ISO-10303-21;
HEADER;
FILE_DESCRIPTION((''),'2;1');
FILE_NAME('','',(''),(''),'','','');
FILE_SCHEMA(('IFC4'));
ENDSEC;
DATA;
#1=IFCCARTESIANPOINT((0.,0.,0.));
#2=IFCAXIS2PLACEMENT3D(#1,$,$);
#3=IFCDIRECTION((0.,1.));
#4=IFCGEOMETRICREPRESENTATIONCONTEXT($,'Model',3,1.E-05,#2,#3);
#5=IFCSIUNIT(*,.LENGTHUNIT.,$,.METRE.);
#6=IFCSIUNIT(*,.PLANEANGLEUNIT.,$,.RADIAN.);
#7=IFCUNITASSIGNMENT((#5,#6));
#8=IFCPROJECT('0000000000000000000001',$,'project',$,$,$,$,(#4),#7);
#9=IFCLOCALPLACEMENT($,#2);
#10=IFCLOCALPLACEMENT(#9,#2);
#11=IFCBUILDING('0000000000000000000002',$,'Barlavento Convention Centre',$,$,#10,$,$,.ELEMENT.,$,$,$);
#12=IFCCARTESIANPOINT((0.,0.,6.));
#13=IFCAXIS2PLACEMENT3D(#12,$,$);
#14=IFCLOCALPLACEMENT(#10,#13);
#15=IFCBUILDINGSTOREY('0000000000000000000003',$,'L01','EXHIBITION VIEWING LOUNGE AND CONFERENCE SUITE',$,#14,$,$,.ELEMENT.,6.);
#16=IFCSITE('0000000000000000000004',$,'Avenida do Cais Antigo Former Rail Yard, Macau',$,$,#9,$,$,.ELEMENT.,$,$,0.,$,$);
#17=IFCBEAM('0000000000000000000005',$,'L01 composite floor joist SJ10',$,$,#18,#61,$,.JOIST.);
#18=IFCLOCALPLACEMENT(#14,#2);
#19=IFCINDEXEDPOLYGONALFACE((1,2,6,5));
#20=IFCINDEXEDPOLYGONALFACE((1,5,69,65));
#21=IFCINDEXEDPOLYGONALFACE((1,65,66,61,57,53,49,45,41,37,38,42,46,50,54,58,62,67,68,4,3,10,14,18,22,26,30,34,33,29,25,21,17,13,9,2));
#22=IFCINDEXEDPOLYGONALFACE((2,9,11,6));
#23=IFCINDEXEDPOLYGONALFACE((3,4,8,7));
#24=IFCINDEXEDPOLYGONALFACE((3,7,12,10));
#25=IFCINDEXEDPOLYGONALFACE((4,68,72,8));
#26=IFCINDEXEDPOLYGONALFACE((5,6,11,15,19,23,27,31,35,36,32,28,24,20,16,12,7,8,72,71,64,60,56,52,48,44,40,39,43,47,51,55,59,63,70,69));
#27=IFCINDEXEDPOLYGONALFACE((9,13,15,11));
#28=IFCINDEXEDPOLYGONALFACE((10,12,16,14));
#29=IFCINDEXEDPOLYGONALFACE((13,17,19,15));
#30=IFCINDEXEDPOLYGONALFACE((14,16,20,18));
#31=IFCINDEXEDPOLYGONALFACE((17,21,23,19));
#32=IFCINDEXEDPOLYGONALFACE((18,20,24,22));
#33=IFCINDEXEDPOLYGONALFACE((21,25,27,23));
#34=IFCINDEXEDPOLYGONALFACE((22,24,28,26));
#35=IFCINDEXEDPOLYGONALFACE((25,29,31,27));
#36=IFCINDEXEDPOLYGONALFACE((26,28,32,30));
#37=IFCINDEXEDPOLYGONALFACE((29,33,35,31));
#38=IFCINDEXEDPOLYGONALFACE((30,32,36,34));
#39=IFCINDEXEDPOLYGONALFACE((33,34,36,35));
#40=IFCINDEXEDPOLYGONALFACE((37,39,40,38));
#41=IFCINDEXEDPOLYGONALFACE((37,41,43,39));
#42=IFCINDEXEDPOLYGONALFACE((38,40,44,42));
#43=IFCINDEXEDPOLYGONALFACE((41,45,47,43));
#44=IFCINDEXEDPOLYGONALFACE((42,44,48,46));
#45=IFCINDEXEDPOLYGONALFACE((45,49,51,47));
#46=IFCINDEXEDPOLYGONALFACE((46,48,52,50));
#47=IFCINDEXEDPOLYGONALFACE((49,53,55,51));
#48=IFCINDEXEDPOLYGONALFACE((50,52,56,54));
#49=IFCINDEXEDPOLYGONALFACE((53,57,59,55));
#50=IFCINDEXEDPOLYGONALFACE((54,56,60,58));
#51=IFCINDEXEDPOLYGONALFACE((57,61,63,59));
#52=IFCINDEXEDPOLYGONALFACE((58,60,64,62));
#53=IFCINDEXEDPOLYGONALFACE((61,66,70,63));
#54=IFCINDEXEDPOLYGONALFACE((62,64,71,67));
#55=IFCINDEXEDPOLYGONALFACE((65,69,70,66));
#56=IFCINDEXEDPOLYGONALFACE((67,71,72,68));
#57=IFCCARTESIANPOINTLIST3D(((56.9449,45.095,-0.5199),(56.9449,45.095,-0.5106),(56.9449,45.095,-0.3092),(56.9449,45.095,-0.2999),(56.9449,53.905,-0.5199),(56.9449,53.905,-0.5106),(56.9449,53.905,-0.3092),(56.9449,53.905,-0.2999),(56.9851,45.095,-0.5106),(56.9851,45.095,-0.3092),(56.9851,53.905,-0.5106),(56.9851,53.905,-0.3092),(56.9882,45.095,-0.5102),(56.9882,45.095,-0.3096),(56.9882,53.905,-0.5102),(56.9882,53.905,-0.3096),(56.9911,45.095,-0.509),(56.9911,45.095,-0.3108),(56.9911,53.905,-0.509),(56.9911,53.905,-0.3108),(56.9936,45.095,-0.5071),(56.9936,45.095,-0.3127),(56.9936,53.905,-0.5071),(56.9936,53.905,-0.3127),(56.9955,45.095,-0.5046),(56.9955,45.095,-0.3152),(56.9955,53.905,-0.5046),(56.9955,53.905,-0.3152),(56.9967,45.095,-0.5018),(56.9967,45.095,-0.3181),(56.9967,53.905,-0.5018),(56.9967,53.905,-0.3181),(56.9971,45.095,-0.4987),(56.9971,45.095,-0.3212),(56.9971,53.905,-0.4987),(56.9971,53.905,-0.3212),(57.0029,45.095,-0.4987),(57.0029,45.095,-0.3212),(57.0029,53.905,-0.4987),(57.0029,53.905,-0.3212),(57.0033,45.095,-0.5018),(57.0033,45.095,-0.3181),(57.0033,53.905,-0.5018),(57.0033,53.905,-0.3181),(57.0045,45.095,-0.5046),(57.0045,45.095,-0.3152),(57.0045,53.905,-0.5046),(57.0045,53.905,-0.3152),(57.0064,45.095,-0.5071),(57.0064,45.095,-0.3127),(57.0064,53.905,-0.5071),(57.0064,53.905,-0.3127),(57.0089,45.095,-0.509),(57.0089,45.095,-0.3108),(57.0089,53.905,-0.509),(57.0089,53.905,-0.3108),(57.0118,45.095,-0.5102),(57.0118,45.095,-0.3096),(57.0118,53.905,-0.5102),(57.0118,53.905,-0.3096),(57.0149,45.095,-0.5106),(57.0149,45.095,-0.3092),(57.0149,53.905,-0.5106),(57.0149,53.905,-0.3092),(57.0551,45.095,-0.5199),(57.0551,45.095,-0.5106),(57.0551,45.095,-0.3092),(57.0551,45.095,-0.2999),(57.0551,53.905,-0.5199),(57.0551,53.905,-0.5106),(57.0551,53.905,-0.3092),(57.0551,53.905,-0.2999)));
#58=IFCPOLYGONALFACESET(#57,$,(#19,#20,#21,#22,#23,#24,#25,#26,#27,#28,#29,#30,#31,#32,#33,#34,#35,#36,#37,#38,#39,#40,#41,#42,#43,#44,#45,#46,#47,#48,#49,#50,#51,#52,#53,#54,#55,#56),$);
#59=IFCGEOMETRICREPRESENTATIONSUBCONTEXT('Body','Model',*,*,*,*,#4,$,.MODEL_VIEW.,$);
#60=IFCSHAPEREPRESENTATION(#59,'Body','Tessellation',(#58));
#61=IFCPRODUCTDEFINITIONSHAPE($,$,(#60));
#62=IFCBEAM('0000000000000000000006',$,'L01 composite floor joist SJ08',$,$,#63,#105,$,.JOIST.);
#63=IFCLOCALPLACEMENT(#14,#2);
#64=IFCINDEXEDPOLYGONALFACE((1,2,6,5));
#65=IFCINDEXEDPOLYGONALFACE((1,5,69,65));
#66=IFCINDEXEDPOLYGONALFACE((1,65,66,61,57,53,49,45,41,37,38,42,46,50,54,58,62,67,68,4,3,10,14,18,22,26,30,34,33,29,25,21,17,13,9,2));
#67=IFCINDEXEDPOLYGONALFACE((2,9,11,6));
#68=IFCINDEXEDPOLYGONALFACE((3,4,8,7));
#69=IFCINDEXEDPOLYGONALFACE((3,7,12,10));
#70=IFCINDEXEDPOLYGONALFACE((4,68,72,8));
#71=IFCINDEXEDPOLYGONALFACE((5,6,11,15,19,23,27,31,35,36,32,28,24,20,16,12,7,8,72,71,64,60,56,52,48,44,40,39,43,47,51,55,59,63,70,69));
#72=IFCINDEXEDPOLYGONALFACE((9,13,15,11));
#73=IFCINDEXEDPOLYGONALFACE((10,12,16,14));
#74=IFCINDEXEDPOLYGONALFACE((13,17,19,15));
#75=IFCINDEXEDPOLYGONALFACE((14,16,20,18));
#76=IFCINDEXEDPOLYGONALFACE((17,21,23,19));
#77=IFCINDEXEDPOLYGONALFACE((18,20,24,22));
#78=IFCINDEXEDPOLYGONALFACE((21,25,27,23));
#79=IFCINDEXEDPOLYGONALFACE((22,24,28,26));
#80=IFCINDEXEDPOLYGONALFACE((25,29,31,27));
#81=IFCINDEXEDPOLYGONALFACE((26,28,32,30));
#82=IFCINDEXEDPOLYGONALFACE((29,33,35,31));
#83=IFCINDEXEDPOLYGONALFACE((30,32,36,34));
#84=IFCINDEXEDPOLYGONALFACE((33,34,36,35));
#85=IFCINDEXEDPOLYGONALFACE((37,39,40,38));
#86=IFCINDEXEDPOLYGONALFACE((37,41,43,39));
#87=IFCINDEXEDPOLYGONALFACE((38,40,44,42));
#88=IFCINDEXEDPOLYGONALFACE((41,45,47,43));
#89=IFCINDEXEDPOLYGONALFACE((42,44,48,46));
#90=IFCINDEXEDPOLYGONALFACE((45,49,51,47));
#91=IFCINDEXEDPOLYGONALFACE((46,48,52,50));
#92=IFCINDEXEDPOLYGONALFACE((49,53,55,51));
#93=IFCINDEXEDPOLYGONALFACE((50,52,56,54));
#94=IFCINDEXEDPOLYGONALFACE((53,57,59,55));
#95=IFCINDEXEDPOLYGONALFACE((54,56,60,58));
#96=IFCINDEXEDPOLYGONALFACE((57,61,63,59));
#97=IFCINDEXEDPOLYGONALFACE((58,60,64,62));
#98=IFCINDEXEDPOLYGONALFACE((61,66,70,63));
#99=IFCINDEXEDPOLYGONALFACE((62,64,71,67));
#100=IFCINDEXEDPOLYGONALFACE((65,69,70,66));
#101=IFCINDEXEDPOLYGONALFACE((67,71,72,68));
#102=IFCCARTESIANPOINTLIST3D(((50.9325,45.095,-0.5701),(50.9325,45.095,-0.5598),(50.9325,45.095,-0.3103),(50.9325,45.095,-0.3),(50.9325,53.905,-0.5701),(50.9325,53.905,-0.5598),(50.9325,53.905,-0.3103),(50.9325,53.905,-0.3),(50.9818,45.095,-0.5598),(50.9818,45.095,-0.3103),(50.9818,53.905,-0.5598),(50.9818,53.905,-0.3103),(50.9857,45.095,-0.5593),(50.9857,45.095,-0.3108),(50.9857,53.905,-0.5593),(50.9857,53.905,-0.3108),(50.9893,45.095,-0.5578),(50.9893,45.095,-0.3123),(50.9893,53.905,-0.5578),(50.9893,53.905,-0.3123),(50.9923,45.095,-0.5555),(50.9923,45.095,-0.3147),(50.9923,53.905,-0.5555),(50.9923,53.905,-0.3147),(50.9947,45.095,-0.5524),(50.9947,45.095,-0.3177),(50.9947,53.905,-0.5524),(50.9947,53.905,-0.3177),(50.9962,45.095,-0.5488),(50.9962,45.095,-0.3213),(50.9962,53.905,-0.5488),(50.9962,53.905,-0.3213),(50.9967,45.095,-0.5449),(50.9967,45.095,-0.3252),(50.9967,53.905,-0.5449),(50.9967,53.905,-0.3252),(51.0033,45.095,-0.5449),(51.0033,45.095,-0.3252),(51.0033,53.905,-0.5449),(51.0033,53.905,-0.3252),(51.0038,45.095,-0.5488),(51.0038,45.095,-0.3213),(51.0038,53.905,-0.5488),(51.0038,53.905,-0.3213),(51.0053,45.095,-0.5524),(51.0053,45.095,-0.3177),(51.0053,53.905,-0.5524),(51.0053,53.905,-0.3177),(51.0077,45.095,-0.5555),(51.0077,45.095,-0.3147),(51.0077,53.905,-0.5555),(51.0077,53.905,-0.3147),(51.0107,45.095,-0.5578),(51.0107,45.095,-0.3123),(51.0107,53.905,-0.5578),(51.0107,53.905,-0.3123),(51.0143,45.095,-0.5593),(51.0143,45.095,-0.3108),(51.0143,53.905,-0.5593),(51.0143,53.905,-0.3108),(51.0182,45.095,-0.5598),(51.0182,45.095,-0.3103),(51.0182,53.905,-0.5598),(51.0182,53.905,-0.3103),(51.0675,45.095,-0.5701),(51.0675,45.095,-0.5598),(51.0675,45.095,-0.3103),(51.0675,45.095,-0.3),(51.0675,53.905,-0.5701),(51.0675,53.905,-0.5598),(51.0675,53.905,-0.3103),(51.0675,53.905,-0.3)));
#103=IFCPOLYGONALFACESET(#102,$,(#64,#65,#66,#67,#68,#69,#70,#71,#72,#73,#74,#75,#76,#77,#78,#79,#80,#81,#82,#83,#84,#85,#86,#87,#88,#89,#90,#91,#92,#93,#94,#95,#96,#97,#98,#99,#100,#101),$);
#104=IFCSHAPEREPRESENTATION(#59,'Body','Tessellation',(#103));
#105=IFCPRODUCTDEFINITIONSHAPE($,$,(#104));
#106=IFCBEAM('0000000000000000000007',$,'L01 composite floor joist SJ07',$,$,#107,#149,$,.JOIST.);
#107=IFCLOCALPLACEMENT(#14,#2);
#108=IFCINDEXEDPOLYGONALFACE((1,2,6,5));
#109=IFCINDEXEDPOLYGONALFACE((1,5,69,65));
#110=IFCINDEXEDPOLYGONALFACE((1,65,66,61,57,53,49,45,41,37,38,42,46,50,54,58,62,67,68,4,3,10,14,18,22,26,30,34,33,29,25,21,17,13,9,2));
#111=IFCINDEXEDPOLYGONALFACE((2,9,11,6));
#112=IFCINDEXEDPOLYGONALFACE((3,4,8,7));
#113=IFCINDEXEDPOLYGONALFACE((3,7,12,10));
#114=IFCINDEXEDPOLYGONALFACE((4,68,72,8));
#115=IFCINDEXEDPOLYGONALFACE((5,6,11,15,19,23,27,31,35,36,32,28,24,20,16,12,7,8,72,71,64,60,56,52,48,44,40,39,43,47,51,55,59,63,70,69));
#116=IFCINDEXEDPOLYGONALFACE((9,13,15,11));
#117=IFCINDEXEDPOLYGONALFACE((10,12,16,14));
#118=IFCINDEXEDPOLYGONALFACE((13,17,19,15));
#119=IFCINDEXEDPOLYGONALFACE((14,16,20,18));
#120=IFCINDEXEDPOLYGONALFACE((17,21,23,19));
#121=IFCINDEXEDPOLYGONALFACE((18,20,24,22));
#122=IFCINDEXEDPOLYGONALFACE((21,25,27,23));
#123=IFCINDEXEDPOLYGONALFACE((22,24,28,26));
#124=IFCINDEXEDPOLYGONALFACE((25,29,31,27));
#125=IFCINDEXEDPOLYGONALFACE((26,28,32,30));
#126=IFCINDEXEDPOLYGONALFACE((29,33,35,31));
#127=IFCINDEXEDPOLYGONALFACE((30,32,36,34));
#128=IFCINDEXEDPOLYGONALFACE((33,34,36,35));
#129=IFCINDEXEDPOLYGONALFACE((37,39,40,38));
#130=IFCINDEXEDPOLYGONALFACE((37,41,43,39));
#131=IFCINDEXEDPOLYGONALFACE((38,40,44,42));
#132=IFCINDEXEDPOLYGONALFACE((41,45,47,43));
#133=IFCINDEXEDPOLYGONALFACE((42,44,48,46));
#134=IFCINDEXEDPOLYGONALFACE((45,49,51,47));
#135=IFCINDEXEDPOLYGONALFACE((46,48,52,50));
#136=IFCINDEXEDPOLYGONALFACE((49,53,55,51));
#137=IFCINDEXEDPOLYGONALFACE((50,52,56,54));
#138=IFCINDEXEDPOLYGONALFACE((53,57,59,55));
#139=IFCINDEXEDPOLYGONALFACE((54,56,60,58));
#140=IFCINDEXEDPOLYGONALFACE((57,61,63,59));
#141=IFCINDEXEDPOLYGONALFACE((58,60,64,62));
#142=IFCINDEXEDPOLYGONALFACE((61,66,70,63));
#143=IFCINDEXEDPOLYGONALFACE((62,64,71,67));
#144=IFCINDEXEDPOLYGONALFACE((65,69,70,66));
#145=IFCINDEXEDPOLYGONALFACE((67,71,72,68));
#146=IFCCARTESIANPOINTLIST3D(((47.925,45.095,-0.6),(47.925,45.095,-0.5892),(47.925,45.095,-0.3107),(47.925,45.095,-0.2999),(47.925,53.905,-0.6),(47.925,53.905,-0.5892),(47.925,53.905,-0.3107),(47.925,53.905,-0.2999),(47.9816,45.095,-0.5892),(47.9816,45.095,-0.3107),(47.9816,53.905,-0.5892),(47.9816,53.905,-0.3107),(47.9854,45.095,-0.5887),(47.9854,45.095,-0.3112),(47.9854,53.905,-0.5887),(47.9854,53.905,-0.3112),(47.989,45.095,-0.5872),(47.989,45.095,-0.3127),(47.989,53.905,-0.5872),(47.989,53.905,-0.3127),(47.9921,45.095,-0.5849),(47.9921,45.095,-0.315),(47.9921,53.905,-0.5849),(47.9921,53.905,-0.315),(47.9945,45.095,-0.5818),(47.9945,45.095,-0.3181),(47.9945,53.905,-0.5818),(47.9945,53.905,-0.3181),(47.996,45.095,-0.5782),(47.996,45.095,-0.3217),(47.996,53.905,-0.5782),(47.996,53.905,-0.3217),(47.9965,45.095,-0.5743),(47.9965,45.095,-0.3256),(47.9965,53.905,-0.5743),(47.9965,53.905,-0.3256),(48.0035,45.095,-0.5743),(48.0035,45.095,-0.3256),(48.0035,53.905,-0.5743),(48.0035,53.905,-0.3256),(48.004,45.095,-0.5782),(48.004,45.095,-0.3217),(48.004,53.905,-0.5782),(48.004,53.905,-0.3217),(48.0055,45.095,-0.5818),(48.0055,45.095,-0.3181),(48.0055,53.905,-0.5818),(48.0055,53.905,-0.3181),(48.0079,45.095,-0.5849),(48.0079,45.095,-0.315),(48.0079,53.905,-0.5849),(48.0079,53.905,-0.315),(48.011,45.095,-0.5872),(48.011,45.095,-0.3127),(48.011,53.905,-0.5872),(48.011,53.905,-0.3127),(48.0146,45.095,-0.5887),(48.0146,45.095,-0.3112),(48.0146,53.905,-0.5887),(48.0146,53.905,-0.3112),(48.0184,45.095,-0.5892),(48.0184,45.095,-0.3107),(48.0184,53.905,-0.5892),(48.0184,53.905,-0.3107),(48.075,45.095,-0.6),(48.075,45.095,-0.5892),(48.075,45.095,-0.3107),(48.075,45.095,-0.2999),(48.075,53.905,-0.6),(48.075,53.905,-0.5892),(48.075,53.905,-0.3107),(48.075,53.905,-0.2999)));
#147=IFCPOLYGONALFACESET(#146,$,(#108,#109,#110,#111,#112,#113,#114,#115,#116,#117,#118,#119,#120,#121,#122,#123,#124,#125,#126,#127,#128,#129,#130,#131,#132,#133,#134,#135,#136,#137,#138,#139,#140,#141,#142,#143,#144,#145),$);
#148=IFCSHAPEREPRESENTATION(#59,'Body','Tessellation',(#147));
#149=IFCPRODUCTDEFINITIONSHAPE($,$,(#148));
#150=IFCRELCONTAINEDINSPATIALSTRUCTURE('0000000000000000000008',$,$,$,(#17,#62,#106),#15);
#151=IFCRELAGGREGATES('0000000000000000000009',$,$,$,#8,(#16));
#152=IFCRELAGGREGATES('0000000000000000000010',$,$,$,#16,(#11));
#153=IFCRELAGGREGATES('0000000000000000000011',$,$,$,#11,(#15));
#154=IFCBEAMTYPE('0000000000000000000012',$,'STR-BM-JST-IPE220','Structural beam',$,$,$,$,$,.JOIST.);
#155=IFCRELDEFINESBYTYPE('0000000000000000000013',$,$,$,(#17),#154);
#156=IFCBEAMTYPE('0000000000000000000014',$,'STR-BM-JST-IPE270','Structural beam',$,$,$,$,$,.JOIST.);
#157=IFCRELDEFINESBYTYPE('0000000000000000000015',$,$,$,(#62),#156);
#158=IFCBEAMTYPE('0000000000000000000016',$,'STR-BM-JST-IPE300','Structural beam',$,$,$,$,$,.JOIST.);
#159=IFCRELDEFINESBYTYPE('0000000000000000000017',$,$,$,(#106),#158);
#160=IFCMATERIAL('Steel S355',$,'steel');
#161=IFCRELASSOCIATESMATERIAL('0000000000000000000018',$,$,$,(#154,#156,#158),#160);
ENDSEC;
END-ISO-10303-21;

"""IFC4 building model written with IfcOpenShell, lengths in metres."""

from ifc_helpers import new_model, si_unit, direction, frame, origin, origin_2d, place, context, subcontext, project, spatial, i_section, extrude, material, material_profile, profile_set, type_object, element, save


model = new_model("IFC4")

# Units and contexts
model_context = context("Model", 3, precision=1e-05, world=origin(), true_north=direction((0.0, 1.0)))
body_context = subcontext(model_context, "Body", "Model", "MODEL_VIEW")
ifc_project = project(units=[si_unit("LENGTHUNIT", "METRE"), si_unit("PLANEANGLEUNIT", "RADIAN")], contexts=[model_context])

# Site, building, storey
site_placement = place(None, origin())
site = spatial("IfcSite", under=ifc_project, at=site_placement, Name="Avenida do Cais Antigo Former Rail Yard, Macau", CompositionType="ELEMENT", RefElevation=0.0)
building_placement = place(site_placement, origin())
building = spatial("IfcBuilding", under=site, at=building_placement, Name="Barlavento Convention Centre", CompositionType="ELEMENT")
storey_placement = place(building_placement, frame((0.0, 0.0, 6.0)))
storey = spatial("IfcBuildingStorey", under=building, at=storey_placement, Name="L01", Description="EXHIBITION VIEWING LOUNGE AND CONFERENCE SUITE", CompositionType="ELEMENT", Elevation=6.0)

# Shared definitions
ifc_material_1 = material(Name="Steel S355", Category="steel")

# Beams
ifc_material_profile_1 = material_profile(ifc_material_1, i_section(OverallWidth=0.1101, OverallDepth=0.22, WebThickness=0.0059, FlangeThickness=0.0093, FilletRadius=0.012, at=origin_2d()), Name="IPE 220")
ifc_profile_set_1 = profile_set([ifc_material_profile_1], Name="Steel S355")
beam_type_1 = type_object("IfcBeamType", Name="STR-BM-JST-IPE220", Description="Structural beam", PredefinedType="JOIST", material=ifc_profile_set_1)
beam_1_placement = place(storey_placement, frame((57.0, 45.095, -0.4099), z_axis=(0.0, 1.0, 0.0), x_axis=(-1.0, 0.0, 0.0)))
element("IfcBeam", 1, at=beam_1_placement, inside=storey, type_object=beam_type_1, Name="L01 composite floor joist SJ10", PredefinedType="JOIST", context=body_context, shape_type="SweptSolid", body=[
    extrude(i_section(OverallWidth=0.1101, OverallDepth=0.22, WebThickness=0.0059, FlangeThickness=0.0093, FilletRadius=0.012, at=origin_2d()), origin(), (0.0, 0.0, 1.0), 8.8101),
])
ifc_material_profile_2 = material_profile(ifc_material_1, i_section(OverallWidth=0.135, OverallDepth=0.27, WebThickness=0.0066, FlangeThickness=0.0103, FilletRadius=0.0149, at=origin_2d()), Name="IPE 270")
ifc_profile_set_2 = profile_set([ifc_material_profile_2], Name="Steel S355")
beam_type_2 = type_object("IfcBeamType", Name="STR-BM-JST-IPE270", Description="Structural beam", PredefinedType="JOIST", material=ifc_profile_set_2)
beam_2_placement = place(storey_placement, frame((51.0, 45.095, -0.4351), z_axis=(0.0, 1.0, 0.0), x_axis=(-1.0, 0.0, 0.0)))
element("IfcBeam", 2, at=beam_2_placement, inside=storey, type_object=beam_type_2, Name="L01 composite floor joist SJ08", PredefinedType="JOIST", context=body_context, shape_type="SweptSolid", body=[
    extrude(i_section(OverallWidth=0.135, OverallDepth=0.27, WebThickness=0.0066, FlangeThickness=0.0103, FilletRadius=0.0149, at=origin_2d()), origin(), (0.0, 0.0, 1.0), 8.8101),
])
ifc_material_profile_3 = material_profile(ifc_material_1, i_section(OverallWidth=0.1499, OverallDepth=0.3, WebThickness=0.0071, FlangeThickness=0.0107, FilletRadius=0.0149, at=origin_2d()), Name="IPE 300")
ifc_profile_set_3 = profile_set([ifc_material_profile_3], Name="Steel S355")
beam_type_3 = type_object("IfcBeamType", Name="STR-BM-JST-IPE300", Description="Structural beam", PredefinedType="JOIST", material=ifc_profile_set_3)
beam_3_placement = place(storey_placement, frame((48.0, 45.095, -0.45), z_axis=(0.0, 1.0, 0.0), x_axis=(-1.0, 0.0, 0.0)))
element("IfcBeam", 3, at=beam_3_placement, inside=storey, type_object=beam_type_3, Name="L01 composite floor joist SJ07", PredefinedType="JOIST", context=body_context, shape_type="SweptSolid", body=[
    extrude(i_section(OverallWidth=0.1499, OverallDepth=0.3, WebThickness=0.0071, FlangeThickness=0.0107, FilletRadius=0.0149, at=origin_2d()), origin(), (0.0, 0.0, 1.0), 8.8101),
])

save(model, "model.ifc")
